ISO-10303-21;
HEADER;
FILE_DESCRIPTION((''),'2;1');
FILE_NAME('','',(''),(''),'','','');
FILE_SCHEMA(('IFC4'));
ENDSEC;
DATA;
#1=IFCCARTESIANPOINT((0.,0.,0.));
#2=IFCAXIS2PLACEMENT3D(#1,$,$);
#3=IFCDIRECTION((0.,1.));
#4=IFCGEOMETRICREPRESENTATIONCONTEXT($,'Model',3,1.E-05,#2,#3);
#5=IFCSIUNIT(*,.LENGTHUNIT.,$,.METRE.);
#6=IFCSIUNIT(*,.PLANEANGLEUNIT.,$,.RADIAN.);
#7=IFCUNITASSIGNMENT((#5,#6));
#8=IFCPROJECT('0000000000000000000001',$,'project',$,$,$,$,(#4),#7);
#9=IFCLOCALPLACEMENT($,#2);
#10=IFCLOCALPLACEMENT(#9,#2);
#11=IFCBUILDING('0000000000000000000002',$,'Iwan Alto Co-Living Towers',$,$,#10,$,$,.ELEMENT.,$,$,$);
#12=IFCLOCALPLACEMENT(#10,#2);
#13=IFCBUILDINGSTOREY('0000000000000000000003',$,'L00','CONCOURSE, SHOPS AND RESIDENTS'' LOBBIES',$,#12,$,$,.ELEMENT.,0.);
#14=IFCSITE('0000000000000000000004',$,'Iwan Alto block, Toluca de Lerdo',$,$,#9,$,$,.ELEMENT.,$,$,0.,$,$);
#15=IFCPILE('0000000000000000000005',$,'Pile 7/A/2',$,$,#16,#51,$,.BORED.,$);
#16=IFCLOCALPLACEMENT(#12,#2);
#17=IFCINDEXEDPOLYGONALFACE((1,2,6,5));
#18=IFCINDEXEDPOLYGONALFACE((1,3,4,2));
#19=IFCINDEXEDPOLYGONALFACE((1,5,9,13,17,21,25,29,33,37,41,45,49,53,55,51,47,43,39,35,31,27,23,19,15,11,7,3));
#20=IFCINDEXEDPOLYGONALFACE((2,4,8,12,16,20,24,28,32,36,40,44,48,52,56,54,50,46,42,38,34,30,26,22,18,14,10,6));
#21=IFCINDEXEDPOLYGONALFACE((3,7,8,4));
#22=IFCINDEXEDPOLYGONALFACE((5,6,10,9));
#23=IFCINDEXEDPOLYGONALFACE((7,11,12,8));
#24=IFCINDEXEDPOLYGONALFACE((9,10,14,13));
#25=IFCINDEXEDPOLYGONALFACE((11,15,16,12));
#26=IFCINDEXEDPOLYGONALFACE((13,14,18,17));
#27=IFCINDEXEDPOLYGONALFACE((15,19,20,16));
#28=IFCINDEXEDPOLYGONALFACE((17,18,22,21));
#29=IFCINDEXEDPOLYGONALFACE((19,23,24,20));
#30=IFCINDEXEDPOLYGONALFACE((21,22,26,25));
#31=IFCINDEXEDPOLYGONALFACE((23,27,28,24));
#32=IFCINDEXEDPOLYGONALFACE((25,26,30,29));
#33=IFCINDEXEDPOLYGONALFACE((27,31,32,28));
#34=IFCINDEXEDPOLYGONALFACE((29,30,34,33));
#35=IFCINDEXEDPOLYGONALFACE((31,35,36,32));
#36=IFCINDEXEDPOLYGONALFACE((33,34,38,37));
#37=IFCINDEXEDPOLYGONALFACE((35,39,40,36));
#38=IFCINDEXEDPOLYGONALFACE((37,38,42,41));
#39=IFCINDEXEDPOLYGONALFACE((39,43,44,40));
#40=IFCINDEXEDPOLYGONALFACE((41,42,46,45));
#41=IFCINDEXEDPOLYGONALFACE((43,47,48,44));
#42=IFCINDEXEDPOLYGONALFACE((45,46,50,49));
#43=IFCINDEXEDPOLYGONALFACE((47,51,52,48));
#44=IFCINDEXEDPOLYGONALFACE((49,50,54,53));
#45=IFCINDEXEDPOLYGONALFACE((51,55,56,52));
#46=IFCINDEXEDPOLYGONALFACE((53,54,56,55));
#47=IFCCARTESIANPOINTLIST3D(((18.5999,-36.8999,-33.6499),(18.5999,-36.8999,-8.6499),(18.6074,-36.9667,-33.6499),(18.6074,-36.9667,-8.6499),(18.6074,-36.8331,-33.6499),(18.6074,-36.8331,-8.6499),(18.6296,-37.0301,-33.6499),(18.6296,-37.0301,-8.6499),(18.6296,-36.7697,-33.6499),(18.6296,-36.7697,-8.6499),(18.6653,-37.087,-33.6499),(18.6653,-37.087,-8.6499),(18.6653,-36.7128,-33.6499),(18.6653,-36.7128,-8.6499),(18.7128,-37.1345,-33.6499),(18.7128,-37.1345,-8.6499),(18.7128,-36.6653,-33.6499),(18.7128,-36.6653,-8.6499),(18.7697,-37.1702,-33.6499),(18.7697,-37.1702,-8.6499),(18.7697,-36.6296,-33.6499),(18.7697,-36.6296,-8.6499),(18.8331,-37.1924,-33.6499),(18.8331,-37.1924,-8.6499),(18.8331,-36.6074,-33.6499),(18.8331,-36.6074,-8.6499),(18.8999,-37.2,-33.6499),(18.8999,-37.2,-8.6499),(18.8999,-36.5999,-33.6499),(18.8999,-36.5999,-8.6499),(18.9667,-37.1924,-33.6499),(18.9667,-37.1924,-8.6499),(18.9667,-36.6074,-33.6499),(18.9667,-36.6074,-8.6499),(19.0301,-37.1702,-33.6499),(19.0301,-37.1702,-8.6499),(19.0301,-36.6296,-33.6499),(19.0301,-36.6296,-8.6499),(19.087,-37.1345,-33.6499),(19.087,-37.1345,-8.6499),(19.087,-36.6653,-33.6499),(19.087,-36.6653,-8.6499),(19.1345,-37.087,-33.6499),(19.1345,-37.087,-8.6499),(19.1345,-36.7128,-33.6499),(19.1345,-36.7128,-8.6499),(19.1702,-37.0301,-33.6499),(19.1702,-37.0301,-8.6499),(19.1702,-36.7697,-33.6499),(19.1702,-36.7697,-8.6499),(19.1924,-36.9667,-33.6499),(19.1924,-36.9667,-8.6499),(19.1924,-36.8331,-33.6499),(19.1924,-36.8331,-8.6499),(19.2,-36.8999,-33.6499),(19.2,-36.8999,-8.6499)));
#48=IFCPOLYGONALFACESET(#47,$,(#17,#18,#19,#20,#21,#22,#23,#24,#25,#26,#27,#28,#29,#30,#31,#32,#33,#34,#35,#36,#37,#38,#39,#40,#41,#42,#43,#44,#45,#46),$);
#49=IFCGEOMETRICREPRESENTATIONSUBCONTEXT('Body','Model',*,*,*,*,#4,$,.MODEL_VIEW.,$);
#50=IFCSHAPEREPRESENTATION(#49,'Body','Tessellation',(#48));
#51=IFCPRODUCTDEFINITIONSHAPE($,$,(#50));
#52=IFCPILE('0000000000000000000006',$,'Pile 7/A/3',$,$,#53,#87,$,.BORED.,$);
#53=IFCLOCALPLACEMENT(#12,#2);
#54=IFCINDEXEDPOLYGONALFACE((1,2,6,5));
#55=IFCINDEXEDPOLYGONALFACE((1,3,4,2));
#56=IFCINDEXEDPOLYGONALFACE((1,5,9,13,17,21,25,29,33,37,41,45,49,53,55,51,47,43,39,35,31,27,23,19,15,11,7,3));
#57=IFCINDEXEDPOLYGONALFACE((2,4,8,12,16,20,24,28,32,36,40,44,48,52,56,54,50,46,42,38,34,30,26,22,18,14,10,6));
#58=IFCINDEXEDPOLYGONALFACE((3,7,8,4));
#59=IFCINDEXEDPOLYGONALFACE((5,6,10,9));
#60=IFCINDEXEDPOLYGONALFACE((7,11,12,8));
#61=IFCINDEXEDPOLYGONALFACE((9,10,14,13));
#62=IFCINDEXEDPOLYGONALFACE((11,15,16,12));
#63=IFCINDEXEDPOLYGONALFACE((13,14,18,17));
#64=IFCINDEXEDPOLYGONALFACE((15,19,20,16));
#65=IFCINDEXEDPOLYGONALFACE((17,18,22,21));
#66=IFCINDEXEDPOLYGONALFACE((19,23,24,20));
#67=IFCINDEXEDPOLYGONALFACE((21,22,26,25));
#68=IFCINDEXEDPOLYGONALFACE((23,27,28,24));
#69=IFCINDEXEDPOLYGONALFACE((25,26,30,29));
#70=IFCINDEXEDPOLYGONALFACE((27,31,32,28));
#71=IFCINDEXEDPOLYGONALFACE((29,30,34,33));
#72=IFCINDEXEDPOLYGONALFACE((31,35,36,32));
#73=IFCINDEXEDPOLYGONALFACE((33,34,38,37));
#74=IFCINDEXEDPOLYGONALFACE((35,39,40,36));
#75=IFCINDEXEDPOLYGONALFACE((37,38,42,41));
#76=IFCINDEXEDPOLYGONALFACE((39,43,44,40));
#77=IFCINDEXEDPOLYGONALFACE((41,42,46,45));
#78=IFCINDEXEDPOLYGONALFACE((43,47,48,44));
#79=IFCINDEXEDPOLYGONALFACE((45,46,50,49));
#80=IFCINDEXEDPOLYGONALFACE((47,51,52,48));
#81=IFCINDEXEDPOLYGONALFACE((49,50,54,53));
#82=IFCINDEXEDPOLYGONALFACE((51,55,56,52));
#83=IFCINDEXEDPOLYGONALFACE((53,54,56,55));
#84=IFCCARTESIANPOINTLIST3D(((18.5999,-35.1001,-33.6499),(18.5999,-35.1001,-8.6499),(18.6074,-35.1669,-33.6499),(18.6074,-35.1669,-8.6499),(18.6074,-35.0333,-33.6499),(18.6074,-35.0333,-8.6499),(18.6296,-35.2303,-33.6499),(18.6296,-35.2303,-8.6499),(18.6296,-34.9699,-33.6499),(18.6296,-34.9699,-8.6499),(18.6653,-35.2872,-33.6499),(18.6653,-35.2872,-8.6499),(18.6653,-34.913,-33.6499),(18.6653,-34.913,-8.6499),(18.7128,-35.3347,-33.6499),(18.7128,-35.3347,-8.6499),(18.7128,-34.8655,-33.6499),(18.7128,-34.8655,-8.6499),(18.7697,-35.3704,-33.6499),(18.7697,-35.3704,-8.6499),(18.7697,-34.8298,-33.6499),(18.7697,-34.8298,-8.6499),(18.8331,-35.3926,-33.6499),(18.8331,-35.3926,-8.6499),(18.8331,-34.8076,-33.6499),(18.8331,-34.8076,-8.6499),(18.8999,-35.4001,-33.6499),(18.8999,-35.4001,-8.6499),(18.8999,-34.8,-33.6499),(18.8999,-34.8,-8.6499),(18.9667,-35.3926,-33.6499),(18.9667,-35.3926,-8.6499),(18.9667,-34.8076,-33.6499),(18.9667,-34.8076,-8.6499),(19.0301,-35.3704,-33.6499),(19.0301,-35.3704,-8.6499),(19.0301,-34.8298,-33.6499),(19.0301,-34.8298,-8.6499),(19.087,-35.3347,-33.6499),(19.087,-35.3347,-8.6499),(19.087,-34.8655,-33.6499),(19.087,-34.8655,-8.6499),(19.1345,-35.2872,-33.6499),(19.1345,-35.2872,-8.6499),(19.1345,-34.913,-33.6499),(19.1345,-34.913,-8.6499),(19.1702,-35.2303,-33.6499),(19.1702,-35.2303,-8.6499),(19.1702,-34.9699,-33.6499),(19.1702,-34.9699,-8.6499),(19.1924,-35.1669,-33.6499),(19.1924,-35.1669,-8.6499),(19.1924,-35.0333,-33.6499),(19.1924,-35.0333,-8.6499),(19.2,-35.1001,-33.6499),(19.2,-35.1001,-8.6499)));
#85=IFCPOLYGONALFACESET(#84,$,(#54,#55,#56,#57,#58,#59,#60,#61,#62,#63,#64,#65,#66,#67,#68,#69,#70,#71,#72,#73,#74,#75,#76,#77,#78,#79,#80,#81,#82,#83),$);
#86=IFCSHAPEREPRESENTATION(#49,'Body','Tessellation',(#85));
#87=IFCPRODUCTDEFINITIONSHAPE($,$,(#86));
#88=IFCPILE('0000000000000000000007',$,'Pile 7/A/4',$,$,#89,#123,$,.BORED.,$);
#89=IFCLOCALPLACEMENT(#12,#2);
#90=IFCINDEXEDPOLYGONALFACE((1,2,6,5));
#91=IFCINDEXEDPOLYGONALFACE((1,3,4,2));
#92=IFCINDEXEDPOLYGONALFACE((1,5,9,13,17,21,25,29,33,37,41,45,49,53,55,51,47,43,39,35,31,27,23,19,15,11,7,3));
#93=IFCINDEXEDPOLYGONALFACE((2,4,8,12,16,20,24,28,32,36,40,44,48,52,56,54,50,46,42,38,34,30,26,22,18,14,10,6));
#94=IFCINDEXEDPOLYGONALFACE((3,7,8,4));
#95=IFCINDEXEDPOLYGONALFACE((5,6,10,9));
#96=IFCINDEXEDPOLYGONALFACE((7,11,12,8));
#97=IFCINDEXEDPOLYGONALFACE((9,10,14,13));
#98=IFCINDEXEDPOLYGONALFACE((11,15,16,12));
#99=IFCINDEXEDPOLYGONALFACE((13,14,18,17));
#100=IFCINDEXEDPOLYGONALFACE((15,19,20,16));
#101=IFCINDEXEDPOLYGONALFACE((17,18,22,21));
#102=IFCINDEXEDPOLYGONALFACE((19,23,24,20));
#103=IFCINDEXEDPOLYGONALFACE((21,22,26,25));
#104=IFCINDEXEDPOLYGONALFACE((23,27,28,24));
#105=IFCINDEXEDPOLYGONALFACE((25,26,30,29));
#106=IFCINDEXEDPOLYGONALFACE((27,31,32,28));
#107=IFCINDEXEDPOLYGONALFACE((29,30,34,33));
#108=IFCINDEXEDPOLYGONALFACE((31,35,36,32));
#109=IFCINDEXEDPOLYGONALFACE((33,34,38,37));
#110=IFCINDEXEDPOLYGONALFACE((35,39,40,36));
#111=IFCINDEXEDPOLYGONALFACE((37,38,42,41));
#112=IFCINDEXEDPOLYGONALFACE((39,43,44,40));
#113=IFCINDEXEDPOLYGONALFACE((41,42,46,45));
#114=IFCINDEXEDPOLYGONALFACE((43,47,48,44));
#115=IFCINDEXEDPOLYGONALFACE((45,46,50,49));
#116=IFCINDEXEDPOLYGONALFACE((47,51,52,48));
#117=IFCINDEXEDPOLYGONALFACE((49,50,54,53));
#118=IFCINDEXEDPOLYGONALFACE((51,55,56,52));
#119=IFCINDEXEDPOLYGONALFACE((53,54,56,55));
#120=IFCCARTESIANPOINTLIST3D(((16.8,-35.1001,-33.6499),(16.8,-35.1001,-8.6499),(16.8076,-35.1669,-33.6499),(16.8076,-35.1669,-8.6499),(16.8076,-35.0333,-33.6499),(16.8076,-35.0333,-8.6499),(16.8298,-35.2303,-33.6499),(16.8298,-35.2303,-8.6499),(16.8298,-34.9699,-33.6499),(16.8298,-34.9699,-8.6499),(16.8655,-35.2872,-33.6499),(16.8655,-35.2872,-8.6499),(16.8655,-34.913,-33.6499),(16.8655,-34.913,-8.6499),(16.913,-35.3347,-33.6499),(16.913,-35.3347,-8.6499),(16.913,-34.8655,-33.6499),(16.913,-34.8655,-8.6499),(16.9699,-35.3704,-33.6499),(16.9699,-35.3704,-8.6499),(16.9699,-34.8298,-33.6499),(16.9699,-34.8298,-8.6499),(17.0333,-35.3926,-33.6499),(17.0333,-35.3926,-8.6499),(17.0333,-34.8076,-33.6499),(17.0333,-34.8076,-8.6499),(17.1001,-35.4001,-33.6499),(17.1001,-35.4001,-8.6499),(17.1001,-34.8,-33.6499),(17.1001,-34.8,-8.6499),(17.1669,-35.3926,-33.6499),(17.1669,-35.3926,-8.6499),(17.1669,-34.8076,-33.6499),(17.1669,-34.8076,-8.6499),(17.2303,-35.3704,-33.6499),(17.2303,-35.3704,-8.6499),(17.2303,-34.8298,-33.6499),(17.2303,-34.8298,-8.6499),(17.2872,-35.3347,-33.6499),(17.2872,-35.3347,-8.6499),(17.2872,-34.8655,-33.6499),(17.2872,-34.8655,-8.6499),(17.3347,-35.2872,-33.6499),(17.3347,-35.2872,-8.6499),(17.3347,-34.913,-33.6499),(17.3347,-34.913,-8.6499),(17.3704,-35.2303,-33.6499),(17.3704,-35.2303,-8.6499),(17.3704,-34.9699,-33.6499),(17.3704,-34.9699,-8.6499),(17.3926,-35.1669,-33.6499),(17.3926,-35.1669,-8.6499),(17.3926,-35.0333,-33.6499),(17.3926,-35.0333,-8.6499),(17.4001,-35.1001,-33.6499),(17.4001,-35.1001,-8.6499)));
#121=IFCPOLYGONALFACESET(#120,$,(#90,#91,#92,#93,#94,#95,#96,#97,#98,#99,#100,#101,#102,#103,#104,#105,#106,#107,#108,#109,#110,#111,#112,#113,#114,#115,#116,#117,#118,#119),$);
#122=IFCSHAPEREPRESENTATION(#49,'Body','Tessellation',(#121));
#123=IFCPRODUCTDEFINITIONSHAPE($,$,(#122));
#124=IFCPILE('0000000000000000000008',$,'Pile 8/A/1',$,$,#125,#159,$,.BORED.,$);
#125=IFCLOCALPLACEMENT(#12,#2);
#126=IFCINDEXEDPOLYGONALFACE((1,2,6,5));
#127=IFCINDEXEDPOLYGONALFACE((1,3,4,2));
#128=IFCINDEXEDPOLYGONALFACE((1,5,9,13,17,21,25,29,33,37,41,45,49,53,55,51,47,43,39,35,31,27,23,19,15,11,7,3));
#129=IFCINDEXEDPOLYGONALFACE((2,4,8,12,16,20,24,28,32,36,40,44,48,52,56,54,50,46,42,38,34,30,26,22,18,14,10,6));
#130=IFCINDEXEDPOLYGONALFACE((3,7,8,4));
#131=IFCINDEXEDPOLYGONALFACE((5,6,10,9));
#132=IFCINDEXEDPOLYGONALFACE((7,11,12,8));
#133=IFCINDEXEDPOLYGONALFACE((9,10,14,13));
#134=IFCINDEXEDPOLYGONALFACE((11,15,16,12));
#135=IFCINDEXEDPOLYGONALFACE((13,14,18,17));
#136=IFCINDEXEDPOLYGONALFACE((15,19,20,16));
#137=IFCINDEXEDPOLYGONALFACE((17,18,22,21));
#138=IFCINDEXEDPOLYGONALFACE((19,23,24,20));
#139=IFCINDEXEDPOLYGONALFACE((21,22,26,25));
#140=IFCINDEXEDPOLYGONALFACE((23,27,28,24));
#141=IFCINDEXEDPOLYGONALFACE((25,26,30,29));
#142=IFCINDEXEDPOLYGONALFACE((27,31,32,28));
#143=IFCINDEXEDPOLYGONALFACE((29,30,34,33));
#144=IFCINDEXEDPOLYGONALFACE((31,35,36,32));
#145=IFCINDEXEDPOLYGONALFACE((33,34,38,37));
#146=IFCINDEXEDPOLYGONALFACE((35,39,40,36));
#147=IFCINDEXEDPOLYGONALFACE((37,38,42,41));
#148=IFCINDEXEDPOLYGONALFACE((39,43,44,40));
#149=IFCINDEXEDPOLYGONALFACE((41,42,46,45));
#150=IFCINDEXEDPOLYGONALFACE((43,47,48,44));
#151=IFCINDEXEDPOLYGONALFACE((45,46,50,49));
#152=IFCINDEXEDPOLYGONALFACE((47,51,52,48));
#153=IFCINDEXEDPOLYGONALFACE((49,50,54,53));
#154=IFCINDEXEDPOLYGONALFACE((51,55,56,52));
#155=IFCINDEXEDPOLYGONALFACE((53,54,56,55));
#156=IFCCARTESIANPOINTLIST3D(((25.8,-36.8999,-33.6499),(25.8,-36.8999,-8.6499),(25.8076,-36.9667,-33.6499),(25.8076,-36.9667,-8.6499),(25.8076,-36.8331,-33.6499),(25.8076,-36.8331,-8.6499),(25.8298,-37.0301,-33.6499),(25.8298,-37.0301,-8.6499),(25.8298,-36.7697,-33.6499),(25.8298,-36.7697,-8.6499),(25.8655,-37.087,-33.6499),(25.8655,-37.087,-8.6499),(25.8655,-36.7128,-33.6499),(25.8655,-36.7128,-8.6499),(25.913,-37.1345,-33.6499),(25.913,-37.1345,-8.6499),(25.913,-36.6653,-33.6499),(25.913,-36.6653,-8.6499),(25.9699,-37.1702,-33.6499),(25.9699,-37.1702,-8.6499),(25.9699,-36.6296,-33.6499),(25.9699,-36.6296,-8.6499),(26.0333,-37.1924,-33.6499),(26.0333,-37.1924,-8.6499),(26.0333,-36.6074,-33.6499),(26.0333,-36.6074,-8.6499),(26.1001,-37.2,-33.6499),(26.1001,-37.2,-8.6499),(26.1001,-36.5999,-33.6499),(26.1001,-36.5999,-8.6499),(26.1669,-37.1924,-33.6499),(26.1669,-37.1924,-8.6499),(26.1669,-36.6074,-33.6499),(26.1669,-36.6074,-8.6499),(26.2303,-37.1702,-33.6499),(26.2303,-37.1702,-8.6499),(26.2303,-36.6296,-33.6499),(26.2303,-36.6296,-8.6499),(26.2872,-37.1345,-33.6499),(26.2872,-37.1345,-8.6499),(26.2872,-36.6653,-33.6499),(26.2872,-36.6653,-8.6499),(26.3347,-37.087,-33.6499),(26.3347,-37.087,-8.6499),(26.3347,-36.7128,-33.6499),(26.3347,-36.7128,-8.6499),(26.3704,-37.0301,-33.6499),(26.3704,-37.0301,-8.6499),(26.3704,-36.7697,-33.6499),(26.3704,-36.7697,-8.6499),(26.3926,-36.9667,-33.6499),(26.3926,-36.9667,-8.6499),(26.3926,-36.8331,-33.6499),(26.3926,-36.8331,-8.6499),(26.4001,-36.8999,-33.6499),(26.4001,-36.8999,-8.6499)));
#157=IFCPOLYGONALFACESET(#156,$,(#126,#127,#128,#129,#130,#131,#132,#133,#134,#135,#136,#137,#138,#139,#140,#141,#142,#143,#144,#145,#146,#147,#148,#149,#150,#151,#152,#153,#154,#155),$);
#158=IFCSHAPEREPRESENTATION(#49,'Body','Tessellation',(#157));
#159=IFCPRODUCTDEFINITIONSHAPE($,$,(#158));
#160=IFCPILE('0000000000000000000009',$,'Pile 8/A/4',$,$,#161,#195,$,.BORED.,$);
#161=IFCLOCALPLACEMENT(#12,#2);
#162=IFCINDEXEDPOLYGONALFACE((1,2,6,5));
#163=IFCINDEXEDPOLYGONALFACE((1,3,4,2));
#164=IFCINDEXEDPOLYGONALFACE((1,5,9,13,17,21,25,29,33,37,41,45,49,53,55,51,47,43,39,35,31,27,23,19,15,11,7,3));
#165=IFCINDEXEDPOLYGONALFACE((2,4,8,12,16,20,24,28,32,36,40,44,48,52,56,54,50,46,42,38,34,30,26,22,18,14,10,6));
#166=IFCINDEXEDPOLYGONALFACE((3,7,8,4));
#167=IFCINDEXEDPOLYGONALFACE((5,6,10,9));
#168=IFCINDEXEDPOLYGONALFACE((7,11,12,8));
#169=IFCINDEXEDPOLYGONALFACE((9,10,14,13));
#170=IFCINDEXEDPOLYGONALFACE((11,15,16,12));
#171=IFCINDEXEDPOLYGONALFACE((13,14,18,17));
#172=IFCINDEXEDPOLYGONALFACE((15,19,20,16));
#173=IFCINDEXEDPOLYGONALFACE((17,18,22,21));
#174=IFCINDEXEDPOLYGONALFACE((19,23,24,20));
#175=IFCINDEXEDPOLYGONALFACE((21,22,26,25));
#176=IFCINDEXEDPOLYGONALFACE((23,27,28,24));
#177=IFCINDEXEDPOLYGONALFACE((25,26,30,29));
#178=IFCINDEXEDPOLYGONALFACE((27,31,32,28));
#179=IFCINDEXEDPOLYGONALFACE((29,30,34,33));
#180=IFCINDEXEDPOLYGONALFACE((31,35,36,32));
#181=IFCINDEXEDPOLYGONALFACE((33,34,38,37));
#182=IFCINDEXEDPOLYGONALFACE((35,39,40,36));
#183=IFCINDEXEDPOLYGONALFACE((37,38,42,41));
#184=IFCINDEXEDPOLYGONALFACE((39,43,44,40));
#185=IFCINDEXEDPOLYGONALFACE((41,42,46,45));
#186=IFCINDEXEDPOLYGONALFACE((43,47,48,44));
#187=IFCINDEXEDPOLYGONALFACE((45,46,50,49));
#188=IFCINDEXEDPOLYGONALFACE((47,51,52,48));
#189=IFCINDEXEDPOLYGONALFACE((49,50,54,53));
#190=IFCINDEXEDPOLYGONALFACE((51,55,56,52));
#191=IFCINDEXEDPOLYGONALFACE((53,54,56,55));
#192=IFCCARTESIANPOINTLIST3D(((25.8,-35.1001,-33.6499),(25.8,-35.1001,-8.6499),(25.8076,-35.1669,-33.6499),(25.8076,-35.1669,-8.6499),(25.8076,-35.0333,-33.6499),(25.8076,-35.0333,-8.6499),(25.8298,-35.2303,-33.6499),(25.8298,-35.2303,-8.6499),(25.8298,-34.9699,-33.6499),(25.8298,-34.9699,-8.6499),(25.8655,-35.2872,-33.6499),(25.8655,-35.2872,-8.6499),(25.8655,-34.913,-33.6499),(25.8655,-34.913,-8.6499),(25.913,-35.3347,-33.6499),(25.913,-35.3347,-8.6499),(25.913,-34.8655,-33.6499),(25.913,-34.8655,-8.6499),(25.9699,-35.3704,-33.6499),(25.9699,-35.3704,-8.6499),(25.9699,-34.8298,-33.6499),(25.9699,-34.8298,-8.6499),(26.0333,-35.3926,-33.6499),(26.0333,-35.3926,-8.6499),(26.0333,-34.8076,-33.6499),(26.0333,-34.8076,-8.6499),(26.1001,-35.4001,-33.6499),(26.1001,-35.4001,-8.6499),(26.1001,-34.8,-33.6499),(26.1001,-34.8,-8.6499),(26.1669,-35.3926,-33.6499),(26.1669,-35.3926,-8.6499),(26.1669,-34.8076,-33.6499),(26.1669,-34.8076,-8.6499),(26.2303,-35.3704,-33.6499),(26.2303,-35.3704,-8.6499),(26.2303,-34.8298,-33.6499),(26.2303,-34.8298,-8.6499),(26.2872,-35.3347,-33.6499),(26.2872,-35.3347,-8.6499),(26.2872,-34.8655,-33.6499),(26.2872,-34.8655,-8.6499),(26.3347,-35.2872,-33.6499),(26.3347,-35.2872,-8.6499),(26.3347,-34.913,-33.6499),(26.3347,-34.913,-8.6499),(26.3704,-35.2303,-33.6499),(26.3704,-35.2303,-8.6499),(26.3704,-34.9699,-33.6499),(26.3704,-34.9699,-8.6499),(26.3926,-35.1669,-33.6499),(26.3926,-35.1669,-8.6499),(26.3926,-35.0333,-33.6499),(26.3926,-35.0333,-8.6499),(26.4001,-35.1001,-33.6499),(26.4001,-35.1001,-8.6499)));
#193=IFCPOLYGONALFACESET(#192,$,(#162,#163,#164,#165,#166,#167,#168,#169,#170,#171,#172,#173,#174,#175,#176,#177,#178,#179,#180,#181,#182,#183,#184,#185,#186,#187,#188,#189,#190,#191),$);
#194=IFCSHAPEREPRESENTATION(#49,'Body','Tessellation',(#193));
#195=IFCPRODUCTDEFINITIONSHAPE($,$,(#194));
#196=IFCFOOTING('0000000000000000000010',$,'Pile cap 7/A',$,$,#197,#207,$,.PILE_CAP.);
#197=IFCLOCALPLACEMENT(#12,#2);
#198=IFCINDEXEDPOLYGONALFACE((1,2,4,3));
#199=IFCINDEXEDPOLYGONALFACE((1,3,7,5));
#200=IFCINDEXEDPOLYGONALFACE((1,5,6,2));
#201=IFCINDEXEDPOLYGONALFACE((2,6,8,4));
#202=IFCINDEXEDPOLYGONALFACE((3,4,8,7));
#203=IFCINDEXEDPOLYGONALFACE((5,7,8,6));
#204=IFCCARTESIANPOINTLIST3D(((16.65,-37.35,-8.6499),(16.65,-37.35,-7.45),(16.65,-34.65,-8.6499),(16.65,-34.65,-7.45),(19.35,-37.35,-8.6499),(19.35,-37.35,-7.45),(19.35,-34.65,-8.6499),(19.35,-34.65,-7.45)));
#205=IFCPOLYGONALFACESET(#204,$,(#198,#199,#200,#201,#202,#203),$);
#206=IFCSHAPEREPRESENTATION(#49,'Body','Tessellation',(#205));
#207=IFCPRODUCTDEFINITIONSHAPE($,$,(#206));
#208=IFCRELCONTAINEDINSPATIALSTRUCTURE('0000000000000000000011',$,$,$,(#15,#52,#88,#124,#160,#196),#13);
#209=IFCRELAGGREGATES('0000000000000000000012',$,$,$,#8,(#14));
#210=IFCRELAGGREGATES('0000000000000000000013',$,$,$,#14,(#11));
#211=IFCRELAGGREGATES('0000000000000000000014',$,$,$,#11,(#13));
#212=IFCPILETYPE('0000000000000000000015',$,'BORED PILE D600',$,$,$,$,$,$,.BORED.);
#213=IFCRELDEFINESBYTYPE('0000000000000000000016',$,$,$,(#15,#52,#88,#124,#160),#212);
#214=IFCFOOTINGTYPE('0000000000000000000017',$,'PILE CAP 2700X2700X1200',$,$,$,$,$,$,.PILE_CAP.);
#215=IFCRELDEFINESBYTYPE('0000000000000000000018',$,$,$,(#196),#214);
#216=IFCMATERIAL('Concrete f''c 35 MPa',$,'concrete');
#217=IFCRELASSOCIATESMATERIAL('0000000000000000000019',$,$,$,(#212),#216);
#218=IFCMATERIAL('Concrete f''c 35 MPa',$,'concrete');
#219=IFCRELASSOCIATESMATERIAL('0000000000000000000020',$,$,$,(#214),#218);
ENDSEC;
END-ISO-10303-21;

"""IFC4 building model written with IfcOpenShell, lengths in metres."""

from ifc_helpers import new_model, si_unit, direction, frame, origin, origin_2d, place, context, subcontext, project, spatial, rectangle, circle, extrude, material, material_profile, profile_set, type_object, element, save


model = new_model("IFC4")

# Units and contexts
model_context = context("Model", 3, precision=1e-05, world=origin(), true_north=direction((0.0, 1.0)))
body_context = subcontext(model_context, "Body", "Model", "MODEL_VIEW")
ifc_project = project(units=[si_unit("LENGTHUNIT", "METRE"), si_unit("PLANEANGLEUNIT", "RADIAN")], contexts=[model_context])

# Site, building, storey
site_placement = place(None, origin())
site = spatial("IfcSite", under=ifc_project, at=site_placement, Name="Iwan Alto block, Toluca de Lerdo", CompositionType="ELEMENT", RefElevation=0.0)
building_placement = place(site_placement, origin())
building = spatial("IfcBuilding", under=site, at=building_placement, Name="Iwan Alto Co-Living Towers", CompositionType="ELEMENT")
storey_placement = place(building_placement, origin())
storey = spatial("IfcBuildingStorey", under=building, at=storey_placement, Name="L00", Description="CONCOURSE, SHOPS AND RESIDENTS' LOBBIES", CompositionType="ELEMENT", Elevation=0.0)

# Piles
ifc_material_1 = material(Name="Concrete f'c 35 MPa", Category="concrete")
ifc_material_profile_1 = material_profile(ifc_material_1, circle(Radius=0.3, at=origin_2d()), Name="D600")
ifc_profile_set_1 = profile_set([ifc_material_profile_1], Name="Concrete f'c 35 MPa")
pile_type_1 = type_object("IfcPileType", Name="BORED PILE D600", PredefinedType="BORED", material=ifc_profile_set_1)
for number, where, z_axis, x_axis, name in (
    (1, (18.8999, -36.8999, -8.6499), (0.0, 0.0, -1.0), (1.0, 0.0, 0.0), "Pile 7/A/2"),
    (2, (18.8999, -35.1001, -8.6499), (0.0, 0.0, -1.0), (1.0, 0.0, 0.0), "Pile 7/A/3"),
    (3, (17.1001, -35.1001, -8.6499), (0.0, 0.0, -1.0), (1.0, 0.0, 0.0), "Pile 7/A/4"),
    (4, (26.1001, -36.8999, -8.6499), (0.0, 0.0, -1.0), (1.0, 0.0, 0.0), "Pile 8/A/1"),
    (5, (26.1001, -35.1001, -8.6499), (0.0, 0.0, -1.0), (1.0, 0.0, 0.0), "Pile 8/A/4"),
):
    element("IfcPile", number, at=place(storey_placement, frame(where, z_axis=z_axis, x_axis=x_axis)), inside=storey, type_object=pile_type_1, Name=name, PredefinedType="BORED", context=body_context, shape_type="SweptSolid", body=[
        extrude(circle(Radius=0.3, at=origin_2d()), origin(), (0.0, 0.0, 1.0), 25.0),
    ])

# Footing
ifc_material_2 = material(Name="Concrete f'c 35 MPa", Category="concrete")
footing_type = type_object("IfcFootingType", Name="PILE CAP 2700X2700X1200", PredefinedType="PILE_CAP", material=ifc_material_2)
footing_placement = place(storey_placement, frame((18.0, -36.0, -8.6499), z_axis=(0.0, 0.0, 1.0), x_axis=(1.0, 0.0, 0.0)))
element("IfcFooting", 6, at=footing_placement, inside=storey, type_object=footing_type, Name="Pile cap 7/A", PredefinedType="PILE_CAP", context=body_context, shape_type="SweptSolid", body=[
    extrude(rectangle(XDim=2.7, YDim=2.7, at=origin_2d()), origin(), (0.0, 0.0, 1.0), 1.2),
])

save(model, "model.ifc")
